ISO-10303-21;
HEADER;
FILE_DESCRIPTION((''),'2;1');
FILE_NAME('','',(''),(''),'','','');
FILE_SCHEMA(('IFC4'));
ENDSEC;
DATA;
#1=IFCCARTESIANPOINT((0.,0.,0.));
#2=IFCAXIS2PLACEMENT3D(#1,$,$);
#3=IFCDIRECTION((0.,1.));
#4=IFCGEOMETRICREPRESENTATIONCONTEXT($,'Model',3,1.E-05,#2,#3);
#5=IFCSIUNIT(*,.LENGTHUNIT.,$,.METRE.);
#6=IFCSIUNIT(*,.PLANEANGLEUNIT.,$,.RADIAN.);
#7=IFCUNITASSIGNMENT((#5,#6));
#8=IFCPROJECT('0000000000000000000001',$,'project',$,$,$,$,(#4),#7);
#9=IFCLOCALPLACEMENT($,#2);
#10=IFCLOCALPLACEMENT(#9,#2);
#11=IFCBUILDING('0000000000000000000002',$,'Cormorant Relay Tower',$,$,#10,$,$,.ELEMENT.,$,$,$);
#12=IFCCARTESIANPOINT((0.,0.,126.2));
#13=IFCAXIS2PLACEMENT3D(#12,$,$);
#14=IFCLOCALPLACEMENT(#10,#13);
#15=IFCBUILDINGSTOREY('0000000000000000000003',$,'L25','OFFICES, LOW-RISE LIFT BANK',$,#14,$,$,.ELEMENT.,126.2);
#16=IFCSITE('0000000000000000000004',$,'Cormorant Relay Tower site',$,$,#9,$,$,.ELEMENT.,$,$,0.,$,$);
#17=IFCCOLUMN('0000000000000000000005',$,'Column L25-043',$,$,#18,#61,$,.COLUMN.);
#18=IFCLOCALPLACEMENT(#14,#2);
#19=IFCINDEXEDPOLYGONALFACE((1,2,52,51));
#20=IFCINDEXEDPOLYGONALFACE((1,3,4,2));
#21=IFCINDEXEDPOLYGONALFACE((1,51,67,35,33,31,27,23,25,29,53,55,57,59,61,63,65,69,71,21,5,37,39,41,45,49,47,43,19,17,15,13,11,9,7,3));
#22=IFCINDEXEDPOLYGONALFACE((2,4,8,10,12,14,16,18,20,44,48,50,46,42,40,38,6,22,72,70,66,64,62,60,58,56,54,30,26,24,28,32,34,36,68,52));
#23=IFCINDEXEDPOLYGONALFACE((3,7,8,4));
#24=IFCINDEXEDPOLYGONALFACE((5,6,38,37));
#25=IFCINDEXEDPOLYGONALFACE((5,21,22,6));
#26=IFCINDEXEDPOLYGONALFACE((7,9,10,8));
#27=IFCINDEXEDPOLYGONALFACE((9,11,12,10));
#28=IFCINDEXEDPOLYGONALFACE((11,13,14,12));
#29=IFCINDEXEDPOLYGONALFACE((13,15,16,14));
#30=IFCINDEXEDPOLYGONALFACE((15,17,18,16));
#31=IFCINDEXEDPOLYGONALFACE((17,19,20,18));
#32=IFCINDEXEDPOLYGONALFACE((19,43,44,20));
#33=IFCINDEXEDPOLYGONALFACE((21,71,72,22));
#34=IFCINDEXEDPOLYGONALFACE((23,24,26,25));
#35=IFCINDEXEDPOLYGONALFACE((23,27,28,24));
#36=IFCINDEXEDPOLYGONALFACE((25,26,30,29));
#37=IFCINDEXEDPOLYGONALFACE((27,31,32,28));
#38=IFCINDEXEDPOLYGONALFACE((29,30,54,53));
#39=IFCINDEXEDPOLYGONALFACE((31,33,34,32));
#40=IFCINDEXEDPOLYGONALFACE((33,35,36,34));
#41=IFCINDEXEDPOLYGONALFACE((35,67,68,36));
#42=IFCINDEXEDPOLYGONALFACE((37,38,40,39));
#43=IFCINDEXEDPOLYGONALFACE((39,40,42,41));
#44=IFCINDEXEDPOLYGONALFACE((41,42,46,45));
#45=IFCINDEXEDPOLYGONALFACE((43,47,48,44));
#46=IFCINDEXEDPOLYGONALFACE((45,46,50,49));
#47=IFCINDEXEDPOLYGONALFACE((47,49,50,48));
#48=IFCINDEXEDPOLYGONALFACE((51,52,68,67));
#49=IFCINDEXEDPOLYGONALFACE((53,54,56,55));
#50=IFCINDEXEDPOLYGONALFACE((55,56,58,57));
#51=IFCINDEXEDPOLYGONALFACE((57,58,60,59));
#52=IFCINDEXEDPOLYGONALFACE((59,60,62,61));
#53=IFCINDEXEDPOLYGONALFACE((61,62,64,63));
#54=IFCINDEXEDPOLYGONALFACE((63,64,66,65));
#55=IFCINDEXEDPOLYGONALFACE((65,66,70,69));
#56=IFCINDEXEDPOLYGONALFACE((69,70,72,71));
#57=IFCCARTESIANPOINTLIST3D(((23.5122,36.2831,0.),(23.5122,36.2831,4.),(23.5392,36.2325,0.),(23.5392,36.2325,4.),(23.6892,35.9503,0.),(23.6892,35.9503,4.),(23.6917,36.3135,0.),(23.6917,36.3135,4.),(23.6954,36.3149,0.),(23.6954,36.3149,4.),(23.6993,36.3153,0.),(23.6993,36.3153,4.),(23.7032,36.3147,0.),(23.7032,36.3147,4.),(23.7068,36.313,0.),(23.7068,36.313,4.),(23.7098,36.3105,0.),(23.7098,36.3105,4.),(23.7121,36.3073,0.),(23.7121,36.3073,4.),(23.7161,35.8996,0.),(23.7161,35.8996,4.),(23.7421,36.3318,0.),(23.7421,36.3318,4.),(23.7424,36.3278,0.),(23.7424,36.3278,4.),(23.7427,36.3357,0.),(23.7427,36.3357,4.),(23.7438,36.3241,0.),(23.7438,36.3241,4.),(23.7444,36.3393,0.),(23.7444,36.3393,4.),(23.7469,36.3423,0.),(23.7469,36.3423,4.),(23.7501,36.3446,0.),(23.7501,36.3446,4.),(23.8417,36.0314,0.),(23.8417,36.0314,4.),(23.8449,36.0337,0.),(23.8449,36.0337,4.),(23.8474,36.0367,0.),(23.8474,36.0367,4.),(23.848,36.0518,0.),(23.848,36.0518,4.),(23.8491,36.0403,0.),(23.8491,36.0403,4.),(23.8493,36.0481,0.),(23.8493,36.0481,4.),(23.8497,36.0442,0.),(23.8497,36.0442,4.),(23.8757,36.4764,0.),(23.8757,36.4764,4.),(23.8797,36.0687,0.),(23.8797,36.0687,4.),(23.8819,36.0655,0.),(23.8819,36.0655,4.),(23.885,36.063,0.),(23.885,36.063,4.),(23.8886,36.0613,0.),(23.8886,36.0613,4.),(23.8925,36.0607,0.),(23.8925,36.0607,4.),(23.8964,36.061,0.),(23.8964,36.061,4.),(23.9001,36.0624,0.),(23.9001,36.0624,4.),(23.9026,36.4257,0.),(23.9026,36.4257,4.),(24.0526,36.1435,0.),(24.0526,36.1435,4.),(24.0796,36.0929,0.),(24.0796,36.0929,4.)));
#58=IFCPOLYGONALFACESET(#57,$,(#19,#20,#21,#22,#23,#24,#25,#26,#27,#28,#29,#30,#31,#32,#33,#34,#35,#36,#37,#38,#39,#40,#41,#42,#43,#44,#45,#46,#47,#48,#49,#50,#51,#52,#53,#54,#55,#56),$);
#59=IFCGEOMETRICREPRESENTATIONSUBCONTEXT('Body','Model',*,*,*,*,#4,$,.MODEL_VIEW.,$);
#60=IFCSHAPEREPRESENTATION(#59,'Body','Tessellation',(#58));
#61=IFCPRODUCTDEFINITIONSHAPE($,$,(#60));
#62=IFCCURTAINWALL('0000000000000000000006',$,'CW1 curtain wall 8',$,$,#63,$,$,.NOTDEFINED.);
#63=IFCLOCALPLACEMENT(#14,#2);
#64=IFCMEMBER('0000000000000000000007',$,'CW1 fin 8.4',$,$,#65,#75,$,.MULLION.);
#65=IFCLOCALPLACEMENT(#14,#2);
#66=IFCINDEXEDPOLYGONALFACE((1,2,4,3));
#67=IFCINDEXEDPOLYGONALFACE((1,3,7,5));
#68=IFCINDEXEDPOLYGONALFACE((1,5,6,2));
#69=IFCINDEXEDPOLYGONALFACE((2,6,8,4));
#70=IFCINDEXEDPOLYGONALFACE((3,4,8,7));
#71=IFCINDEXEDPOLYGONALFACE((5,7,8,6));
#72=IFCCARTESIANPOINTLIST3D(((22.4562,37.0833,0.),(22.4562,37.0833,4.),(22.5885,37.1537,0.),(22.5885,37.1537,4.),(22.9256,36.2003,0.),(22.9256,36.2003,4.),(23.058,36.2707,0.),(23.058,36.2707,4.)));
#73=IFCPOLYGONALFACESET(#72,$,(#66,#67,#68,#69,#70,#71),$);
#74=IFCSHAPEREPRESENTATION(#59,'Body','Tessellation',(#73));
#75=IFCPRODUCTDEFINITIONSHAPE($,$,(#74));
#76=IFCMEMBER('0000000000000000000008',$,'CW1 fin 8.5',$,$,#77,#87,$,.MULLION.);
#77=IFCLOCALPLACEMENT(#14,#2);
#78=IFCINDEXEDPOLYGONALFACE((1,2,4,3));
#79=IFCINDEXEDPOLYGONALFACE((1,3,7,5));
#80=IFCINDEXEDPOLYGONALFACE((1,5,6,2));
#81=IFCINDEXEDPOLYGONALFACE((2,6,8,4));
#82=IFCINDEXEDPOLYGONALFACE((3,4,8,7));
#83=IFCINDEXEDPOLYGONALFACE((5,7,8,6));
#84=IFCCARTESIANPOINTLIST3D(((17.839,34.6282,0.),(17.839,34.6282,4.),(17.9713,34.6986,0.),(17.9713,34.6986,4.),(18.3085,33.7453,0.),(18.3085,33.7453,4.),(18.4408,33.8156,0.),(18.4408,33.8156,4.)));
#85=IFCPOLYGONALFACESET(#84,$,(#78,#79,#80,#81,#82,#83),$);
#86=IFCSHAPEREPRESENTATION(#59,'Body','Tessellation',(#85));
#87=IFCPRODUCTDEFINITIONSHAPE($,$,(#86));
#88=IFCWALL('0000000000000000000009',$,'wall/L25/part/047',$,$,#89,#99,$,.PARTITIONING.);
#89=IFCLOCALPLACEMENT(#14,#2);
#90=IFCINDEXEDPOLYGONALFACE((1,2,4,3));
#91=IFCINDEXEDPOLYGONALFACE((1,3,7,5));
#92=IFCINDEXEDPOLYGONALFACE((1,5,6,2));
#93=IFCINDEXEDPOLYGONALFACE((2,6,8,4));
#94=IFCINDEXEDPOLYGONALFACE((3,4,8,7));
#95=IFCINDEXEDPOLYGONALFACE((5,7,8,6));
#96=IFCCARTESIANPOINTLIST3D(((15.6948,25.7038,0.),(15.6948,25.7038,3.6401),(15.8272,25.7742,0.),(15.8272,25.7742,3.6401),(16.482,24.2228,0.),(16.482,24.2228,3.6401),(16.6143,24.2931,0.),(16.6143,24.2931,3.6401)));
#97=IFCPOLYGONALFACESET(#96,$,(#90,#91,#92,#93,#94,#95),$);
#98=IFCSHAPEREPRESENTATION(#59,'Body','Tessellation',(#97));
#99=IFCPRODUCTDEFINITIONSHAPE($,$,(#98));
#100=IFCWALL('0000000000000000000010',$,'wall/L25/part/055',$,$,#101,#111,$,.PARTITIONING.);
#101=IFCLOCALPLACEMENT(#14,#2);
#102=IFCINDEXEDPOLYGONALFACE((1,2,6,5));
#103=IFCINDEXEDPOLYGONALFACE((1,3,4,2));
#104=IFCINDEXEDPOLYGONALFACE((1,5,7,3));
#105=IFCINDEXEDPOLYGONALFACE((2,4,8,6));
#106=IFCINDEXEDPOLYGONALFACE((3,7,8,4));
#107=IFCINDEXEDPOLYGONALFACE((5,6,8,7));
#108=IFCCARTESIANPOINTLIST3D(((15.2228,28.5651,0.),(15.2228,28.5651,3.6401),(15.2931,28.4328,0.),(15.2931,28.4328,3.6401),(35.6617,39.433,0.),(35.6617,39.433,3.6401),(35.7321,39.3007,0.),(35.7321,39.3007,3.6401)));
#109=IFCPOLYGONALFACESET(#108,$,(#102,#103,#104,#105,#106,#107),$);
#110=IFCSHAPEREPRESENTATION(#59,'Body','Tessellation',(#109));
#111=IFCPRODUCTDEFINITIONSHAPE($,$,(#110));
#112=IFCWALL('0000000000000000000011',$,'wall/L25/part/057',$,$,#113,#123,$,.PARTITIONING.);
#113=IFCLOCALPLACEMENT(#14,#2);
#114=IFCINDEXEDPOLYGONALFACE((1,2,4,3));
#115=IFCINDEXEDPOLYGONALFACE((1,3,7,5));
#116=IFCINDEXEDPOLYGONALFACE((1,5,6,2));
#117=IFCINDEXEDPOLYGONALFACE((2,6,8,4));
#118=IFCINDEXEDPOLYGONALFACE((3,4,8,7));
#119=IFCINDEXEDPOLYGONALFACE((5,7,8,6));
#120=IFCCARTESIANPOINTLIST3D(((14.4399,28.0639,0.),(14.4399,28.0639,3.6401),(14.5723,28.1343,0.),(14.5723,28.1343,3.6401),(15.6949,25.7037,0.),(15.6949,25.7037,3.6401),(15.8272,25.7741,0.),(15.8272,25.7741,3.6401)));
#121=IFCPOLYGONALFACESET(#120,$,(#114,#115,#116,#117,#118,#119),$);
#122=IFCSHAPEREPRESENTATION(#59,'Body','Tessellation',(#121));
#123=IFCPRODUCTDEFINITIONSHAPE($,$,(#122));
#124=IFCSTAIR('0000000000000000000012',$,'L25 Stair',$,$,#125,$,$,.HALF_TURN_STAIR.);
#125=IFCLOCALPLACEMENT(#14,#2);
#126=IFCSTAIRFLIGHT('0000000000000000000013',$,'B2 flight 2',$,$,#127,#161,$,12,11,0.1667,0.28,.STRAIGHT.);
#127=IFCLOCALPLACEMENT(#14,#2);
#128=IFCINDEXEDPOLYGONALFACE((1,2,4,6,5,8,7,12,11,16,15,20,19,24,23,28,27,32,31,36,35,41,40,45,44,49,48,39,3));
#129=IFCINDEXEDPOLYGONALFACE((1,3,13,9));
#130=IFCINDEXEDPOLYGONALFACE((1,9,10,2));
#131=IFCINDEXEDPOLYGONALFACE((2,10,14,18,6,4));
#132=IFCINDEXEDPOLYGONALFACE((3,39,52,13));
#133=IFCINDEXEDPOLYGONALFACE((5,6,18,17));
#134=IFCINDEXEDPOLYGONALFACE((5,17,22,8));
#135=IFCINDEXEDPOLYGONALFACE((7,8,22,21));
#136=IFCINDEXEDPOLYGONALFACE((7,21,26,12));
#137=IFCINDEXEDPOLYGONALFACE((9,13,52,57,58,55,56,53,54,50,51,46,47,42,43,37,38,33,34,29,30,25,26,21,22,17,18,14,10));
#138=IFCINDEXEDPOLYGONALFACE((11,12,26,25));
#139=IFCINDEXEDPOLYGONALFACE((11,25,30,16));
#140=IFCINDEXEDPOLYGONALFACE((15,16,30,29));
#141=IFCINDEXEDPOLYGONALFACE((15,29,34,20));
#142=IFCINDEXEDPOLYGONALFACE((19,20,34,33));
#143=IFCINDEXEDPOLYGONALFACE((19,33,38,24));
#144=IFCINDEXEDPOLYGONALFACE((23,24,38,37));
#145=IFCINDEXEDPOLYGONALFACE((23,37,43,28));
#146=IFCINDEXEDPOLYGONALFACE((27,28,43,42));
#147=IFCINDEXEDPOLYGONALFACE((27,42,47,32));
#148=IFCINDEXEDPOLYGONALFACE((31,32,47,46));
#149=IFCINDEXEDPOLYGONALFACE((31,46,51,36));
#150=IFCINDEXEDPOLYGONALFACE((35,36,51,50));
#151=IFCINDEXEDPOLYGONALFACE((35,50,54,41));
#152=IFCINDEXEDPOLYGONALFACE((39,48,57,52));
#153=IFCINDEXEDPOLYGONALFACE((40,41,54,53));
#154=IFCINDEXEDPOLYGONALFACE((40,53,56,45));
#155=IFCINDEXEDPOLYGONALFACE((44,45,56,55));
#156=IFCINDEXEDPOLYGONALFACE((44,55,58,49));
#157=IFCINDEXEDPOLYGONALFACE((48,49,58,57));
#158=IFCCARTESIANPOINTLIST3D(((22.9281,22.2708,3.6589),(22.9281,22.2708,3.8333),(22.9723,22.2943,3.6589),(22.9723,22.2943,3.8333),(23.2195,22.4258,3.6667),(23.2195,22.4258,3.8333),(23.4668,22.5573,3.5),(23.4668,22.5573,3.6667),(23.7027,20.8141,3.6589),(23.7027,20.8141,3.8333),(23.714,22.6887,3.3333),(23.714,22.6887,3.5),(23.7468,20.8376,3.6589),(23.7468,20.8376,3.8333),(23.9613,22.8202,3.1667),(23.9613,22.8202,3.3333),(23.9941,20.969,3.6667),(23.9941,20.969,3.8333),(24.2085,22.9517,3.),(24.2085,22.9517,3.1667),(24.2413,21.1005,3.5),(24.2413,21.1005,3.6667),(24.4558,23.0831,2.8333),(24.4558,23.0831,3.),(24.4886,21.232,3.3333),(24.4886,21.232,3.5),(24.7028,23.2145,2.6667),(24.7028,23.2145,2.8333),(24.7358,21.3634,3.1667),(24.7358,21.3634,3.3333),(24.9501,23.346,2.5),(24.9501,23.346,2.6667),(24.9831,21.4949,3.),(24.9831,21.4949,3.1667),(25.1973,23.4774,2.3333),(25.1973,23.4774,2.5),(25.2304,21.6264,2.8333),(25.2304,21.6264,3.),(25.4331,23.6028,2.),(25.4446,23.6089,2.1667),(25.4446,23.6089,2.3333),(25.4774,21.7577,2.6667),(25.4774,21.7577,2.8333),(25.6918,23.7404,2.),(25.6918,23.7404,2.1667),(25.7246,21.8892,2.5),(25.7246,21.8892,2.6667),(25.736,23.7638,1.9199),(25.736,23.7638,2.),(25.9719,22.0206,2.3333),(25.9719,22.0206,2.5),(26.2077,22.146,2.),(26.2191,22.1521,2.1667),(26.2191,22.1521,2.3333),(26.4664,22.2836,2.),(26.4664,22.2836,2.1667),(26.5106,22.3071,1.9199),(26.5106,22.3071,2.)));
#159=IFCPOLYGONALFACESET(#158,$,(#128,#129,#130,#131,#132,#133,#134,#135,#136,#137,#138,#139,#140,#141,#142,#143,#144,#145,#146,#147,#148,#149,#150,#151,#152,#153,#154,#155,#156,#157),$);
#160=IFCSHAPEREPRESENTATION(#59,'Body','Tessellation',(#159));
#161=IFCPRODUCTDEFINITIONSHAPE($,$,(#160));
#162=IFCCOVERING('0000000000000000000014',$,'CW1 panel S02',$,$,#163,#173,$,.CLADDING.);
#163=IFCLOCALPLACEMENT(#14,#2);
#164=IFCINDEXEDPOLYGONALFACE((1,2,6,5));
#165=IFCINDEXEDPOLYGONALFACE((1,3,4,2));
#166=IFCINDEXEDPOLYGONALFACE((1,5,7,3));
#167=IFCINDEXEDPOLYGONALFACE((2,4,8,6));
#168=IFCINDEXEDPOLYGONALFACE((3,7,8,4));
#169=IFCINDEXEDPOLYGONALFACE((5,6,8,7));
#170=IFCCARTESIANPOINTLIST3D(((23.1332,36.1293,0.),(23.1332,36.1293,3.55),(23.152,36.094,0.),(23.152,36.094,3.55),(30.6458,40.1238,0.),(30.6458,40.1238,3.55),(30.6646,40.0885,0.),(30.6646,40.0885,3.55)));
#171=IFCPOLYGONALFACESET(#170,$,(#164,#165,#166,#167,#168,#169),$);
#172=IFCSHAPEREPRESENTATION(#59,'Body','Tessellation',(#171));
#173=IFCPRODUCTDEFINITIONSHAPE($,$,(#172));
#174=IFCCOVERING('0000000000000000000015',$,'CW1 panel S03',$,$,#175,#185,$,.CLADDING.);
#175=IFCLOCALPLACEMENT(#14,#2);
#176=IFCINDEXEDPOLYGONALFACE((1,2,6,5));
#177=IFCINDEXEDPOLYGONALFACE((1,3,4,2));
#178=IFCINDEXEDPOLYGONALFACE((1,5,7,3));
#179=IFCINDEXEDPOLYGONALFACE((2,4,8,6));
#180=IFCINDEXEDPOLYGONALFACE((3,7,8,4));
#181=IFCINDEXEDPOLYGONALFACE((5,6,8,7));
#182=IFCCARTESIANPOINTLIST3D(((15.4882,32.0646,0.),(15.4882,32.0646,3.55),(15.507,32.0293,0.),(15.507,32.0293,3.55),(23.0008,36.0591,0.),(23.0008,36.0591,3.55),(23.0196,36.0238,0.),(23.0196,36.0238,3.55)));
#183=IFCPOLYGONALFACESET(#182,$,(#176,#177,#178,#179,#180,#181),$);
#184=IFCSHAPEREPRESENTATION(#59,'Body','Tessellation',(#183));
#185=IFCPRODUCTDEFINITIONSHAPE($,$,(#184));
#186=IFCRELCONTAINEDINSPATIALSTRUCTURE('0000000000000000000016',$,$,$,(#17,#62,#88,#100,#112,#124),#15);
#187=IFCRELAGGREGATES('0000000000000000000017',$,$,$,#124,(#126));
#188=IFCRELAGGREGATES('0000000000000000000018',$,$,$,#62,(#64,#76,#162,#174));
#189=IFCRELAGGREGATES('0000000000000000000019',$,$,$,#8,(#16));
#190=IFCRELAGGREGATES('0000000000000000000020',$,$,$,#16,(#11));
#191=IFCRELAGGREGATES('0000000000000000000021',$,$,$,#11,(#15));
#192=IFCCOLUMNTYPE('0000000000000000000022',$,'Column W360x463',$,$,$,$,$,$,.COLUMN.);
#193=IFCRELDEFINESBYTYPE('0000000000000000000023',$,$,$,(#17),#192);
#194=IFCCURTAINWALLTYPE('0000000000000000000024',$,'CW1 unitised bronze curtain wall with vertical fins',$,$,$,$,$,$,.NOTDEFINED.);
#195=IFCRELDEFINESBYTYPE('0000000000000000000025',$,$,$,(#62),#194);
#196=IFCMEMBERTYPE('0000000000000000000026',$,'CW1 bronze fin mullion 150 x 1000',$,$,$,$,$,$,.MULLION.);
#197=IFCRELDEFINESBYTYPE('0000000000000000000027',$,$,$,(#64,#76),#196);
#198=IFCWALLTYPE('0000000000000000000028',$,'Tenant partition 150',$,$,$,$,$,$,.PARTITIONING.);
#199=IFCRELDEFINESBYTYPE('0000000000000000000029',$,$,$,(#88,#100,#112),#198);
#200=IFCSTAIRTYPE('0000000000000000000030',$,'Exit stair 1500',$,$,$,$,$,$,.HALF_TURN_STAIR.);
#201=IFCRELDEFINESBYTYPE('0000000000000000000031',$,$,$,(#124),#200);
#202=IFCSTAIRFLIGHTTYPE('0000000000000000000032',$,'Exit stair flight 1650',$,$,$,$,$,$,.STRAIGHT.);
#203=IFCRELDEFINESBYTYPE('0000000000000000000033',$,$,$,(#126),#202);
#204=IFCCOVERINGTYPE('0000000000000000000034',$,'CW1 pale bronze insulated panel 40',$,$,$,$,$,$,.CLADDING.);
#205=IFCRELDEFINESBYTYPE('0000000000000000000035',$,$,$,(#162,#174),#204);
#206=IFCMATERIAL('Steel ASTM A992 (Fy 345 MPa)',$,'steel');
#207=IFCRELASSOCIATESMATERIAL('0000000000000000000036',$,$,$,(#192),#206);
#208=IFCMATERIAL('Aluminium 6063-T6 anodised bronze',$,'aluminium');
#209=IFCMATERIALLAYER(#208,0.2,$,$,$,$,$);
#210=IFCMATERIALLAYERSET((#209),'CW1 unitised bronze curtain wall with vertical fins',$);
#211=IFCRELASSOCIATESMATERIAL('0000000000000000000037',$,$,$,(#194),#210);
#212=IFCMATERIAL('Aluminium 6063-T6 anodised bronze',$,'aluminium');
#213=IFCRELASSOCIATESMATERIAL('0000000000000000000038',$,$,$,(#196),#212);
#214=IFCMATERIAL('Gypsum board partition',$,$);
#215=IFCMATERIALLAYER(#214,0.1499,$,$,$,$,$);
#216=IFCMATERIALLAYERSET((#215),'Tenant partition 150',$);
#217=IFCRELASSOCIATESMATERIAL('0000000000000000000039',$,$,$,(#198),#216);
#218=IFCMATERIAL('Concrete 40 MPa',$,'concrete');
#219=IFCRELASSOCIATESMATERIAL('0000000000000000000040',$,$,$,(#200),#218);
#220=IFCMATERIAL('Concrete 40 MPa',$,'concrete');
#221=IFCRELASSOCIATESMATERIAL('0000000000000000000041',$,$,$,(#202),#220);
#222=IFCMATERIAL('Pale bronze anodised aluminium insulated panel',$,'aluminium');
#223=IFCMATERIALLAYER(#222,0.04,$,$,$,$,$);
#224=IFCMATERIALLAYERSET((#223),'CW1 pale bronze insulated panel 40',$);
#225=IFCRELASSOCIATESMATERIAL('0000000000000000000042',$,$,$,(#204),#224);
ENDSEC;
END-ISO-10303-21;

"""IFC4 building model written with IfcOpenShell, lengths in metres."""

from ifc_helpers import new_model, si_unit, direction, frame, frame_2d, origin, origin_2d, place, context, subcontext, project, spatial, polyline, rectangle, i_section, outline, extrude, material, layer, layer_set, material_profile, profile_set, type_object, element, aggregate, save


model = new_model("IFC4")

# Units and contexts
model_context = context("Model", 3, precision=1e-05, world=origin(), true_north=direction((0.0, 1.0)))
body_context = subcontext(model_context, "Body", "Model", "MODEL_VIEW")
ifc_project = project(units=[si_unit("LENGTHUNIT", "METRE"), si_unit("PLANEANGLEUNIT", "RADIAN")], contexts=[model_context])

# Site, building, storey
site_placement = place(None, origin())
site = spatial("IfcSite", under=ifc_project, at=site_placement, Name="Cormorant Relay Tower site", CompositionType="ELEMENT", RefElevation=0.0)
building_placement = place(site_placement, origin())
building = spatial("IfcBuilding", under=site, at=building_placement, Name="Cormorant Relay Tower", CompositionType="ELEMENT")
storey_placement = place(building_placement, frame((0.0, 0.0, 126.2)))
storey = spatial("IfcBuildingStorey", under=building, at=storey_placement, Name="L25", Description="OFFICES, LOW-RISE LIFT BANK", CompositionType="ELEMENT", Elevation=126.2)

# Column
ifc_material_1 = material(Name="Steel ASTM A992 (Fy 345 MPa)", Category="steel")
ifc_material_profile_1 = material_profile(ifc_material_1, i_section(OverallWidth=0.4116, OverallDepth=0.4343, WebThickness=0.0359, FlangeThickness=0.0574, FilletRadius=0.0151, at=origin_2d()), Name="W360x463")
ifc_profile_set_1 = profile_set([ifc_material_profile_1], Name="Steel ASTM A992 (Fy 345 MPa)")
column_type = type_object("IfcColumnType", Name="Column W360x463", PredefinedType="COLUMN", material=ifc_profile_set_1)
column_placement = place(storey_placement, frame((23.7959, 36.188, 0.0), z_axis=(0.0, 0.0, 1.0), x_axis=(-0.882948, -0.469472, 0.0)))
element("IfcColumn", 1, at=column_placement, inside=storey, type_object=column_type, Name="Column L25-043", PredefinedType="COLUMN", context=body_context, shape_type="SweptSolid", body=[
    extrude(i_section(OverallWidth=0.4116, OverallDepth=0.4343, WebThickness=0.0359, FlangeThickness=0.0574, FilletRadius=0.0151, at=origin_2d()), origin(), (0.0, 0.0, 1.0), 4.0),
])

# Curtain wall, members
ifc_material_2 = material(Name="Aluminium 6063-T6 anodised bronze", Category="aluminium")
ifc_layer_1 = layer(ifc_material_2, 0.2)
ifc_layer_set_1 = layer_set([ifc_layer_1], Name="CW1 unitised bronze curtain wall with vertical fins")
curtain_wall_type = type_object("IfcCurtainWallType", Name="CW1 unitised bronze curtain wall with vertical fins", PredefinedType="NOTDEFINED", material=ifc_layer_set_1)
curtain_wall_placement = place(storey_placement, origin())
curtain_wall = element("IfcCurtainWall", 2, at=curtain_wall_placement, inside=storey, type_object=curtain_wall_type, Name="CW1 curtain wall 8", PredefinedType="NOTDEFINED")
ifc_material_3 = material(Name="Aluminium 6063-T6 anodised bronze", Category="aluminium")
ifc_material_profile_2 = material_profile(ifc_material_3, rectangle(XDim=0.1499, YDim=1.0, at=origin_2d()), Name="AL 150x1000")
ifc_profile_set_2 = profile_set([ifc_material_profile_2], Name="Aluminium 6063-T6 anodised bronze")
member_type = type_object("IfcMemberType", Name="CW1 bronze fin mullion 150 x 1000", PredefinedType="MULLION", material=ifc_profile_set_2)
member_1_placement = place(storey_placement, frame((22.7571, 36.677, 0.0), z_axis=(0.0, 0.0, 1.0), x_axis=(-0.882948, -0.469472, 0.0)))
member_1 = element("IfcMember", 3, at=member_1_placement, type_object=member_type, Name="CW1 fin 8.4", PredefinedType="MULLION", context=body_context, shape_type="SweptSolid", body=[
    extrude(rectangle(XDim=0.1499, YDim=1.0, at=origin_2d()), origin(), (0.0, 0.0, 1.0), 4.0),
])
member_2_placement = place(storey_placement, frame((18.1399, 34.2219, 0.0), z_axis=(0.0, 0.0, 1.0), x_axis=(-0.882948, -0.469472, 0.0)))
member_2 = element("IfcMember", 4, at=member_2_placement, type_object=member_type, Name="CW1 fin 8.5", PredefinedType="MULLION", context=body_context, shape_type="SweptSolid", body=[
    extrude(rectangle(XDim=0.1499, YDim=1.0, at=origin_2d()), origin(), (0.0, 0.0, 1.0), 4.0),
])

# Walls
ifc_material_4 = material(Name="Gypsum board partition")
ifc_layer_2 = layer(ifc_material_4, 0.1499)
ifc_layer_set_2 = layer_set([ifc_layer_2], Name="Tenant partition 150")
wall_type = type_object("IfcWallType", Name="Tenant partition 150", PredefinedType="PARTITIONING", material=ifc_layer_set_2)
wall_1_placement = place(storey_placement, frame((15.761, 25.739, 0.0), z_axis=(0.0, 0.0, 1.0), x_axis=(0.469318, -0.883029, 0.0)))
element("IfcWall", 5, at=wall_1_placement, inside=storey, type_object=wall_type, Name="wall/L25/part/047", PredefinedType="PARTITIONING", context=body_context, shape_type="SweptSolid", body=[
    extrude(rectangle(XDim=1.6772, YDim=0.1499, at=frame_2d((0.8386, 0.0))), origin(), (0.0, 0.0, 1.0), 3.6401),
])
wall_2_placement = place(storey_placement, frame((15.2581, 28.499, 0.0), z_axis=(0.0, 0.0, 1.0), x_axis=(0.882942, 0.469483, 0.0)))
element("IfcWall", 6, at=wall_2_placement, inside=storey, type_object=wall_type, Name="wall/L25/part/055", PredefinedType="PARTITIONING", context=body_context, shape_type="SweptSolid", body=[
    extrude(rectangle(XDim=23.1487, YDim=0.1499, at=frame_2d((11.5742, 0.0))), origin(), (0.0, 0.0, 1.0), 3.6401),
])
wall_3_placement = place(storey_placement, frame((15.761, 25.739, 0.0), z_axis=(0.0, 0.0, 1.0), x_axis=(-0.469469, 0.882949, 0.0)))
element("IfcWall", 7, at=wall_3_placement, inside=storey, type_object=wall_type, Name="wall/L25/part/057", PredefinedType="PARTITIONING", context=body_context, shape_type="SweptSolid", body=[
    extrude(rectangle(XDim=2.6731, YDim=0.1499, at=frame_2d((1.3364, 0.0))), origin(), (0.0, 0.0, 1.0), 3.6401),
])

# Stair, stair flight
ifc_material_5 = material(Name="Concrete 40 MPa", Category="concrete")
stair_type = type_object("IfcStairType", Name="Exit stair 1500", PredefinedType="HALF_TURN_STAIR", material=ifc_material_5)
stair_placement = place(storey_placement, origin())
stair = element("IfcStair", 8, at=stair_placement, inside=storey, type_object=stair_type, Name="L25 Stair", PredefinedType="HALF_TURN_STAIR")
ifc_material_6 = material(Name="Concrete 40 MPa", Category="concrete")
stair_flight_type = type_object("IfcStairFlightType", Name="Exit stair flight 1650", PredefinedType="STRAIGHT", material=ifc_material_6)
stair_flight_placement = place(storey_placement, frame((26.0791, 23.012, 2.0), z_axis=(0.0, 0.0, 1.0), x_axis=(-0.882948, -0.469472, 0.0)))
stair_flight = element("IfcStairFlight", 9, at=stair_flight_placement, type_object=stair_flight_type, Name="B2 flight 2", NumberOfRisers=12, NumberOfTreads=11, PredefinedType="STRAIGHT", RiserHeight=0.1667, TreadLength=0.28, context=body_context, shape_type="SweptSolid", body=[
    extrude(outline(polyline([(-0.05, -0.0801), (-0.05, 0.0), (0.0, 0.0), (0.0, 0.1667), (0.28, 0.1667), (0.28, 0.3333), (0.5601, 0.3333), (0.5601, 0.5), (0.8401, 0.5), (0.8401, 0.6667), (1.1201, 0.6667), (1.1201, 0.8333), (1.3999, 0.8333), (1.3999, 1.0), (1.6799, 1.0), (1.6799, 1.1667), (1.96, 1.1667), (1.96, 1.3333), (2.24, 1.3333), (2.24, 1.5), (2.52, 1.5), (2.52, 1.6667), (2.8, 1.6667), (2.8, 1.8333), (3.0801, 1.8333), (3.1301, 1.8333), (3.1301, 1.6589), (3.0801, 1.6589), (0.293, 0.0), (-0.05, -0.0801)])), frame((0.0, 0.825, 0.0), z_axis=(0.0, -1.0, 0.0), x_axis=(1.0, 0.0, 0.0)), (0.0, 0.0, 1.0), 1.6499),
])
aggregate(stair, [stair_flight])

# Coverings
ifc_material_7 = material(Name="Pale bronze anodised aluminium insulated panel", Category="aluminium")
ifc_layer_3 = layer(ifc_material_7, 0.04)
ifc_layer_set_3 = layer_set([ifc_layer_3], Name="CW1 pale bronze insulated panel 40")
covering_type = type_object("IfcCoveringType", Name="CW1 pale bronze insulated panel 40", PredefinedType="CLADDING", material=ifc_layer_set_3)
covering_1_placement = place(storey_placement, frame((26.8989, 38.1089, 0.0), z_axis=(0.0, 0.0, 1.0), x_axis=(-0.882948, -0.469472, 0.0)))
covering_1 = element("IfcCovering", 10, at=covering_1_placement, type_object=covering_type, Name="CW1 panel S02", PredefinedType="CLADDING", context=body_context, shape_type="SweptSolid", body=[
    extrude(rectangle(XDim=8.5085, YDim=0.04, at=origin_2d()), origin(), (0.0, 0.0, 1.0), 3.55),
])
covering_2_placement = place(storey_placement, frame((19.2539, 34.0442, 0.0), z_axis=(0.0, 0.0, 1.0), x_axis=(-0.882948, -0.469472, 0.0)))
covering_2 = element("IfcCovering", 11, at=covering_2_placement, type_object=covering_type, Name="CW1 panel S03", PredefinedType="CLADDING", context=body_context, shape_type="SweptSolid", body=[
    extrude(rectangle(XDim=8.5085, YDim=0.04, at=origin_2d()), origin(), (0.0, 0.0, 1.0), 3.55),
])
aggregate(curtain_wall, [member_1, member_2, covering_1, covering_2])

save(model, "model.ifc")
